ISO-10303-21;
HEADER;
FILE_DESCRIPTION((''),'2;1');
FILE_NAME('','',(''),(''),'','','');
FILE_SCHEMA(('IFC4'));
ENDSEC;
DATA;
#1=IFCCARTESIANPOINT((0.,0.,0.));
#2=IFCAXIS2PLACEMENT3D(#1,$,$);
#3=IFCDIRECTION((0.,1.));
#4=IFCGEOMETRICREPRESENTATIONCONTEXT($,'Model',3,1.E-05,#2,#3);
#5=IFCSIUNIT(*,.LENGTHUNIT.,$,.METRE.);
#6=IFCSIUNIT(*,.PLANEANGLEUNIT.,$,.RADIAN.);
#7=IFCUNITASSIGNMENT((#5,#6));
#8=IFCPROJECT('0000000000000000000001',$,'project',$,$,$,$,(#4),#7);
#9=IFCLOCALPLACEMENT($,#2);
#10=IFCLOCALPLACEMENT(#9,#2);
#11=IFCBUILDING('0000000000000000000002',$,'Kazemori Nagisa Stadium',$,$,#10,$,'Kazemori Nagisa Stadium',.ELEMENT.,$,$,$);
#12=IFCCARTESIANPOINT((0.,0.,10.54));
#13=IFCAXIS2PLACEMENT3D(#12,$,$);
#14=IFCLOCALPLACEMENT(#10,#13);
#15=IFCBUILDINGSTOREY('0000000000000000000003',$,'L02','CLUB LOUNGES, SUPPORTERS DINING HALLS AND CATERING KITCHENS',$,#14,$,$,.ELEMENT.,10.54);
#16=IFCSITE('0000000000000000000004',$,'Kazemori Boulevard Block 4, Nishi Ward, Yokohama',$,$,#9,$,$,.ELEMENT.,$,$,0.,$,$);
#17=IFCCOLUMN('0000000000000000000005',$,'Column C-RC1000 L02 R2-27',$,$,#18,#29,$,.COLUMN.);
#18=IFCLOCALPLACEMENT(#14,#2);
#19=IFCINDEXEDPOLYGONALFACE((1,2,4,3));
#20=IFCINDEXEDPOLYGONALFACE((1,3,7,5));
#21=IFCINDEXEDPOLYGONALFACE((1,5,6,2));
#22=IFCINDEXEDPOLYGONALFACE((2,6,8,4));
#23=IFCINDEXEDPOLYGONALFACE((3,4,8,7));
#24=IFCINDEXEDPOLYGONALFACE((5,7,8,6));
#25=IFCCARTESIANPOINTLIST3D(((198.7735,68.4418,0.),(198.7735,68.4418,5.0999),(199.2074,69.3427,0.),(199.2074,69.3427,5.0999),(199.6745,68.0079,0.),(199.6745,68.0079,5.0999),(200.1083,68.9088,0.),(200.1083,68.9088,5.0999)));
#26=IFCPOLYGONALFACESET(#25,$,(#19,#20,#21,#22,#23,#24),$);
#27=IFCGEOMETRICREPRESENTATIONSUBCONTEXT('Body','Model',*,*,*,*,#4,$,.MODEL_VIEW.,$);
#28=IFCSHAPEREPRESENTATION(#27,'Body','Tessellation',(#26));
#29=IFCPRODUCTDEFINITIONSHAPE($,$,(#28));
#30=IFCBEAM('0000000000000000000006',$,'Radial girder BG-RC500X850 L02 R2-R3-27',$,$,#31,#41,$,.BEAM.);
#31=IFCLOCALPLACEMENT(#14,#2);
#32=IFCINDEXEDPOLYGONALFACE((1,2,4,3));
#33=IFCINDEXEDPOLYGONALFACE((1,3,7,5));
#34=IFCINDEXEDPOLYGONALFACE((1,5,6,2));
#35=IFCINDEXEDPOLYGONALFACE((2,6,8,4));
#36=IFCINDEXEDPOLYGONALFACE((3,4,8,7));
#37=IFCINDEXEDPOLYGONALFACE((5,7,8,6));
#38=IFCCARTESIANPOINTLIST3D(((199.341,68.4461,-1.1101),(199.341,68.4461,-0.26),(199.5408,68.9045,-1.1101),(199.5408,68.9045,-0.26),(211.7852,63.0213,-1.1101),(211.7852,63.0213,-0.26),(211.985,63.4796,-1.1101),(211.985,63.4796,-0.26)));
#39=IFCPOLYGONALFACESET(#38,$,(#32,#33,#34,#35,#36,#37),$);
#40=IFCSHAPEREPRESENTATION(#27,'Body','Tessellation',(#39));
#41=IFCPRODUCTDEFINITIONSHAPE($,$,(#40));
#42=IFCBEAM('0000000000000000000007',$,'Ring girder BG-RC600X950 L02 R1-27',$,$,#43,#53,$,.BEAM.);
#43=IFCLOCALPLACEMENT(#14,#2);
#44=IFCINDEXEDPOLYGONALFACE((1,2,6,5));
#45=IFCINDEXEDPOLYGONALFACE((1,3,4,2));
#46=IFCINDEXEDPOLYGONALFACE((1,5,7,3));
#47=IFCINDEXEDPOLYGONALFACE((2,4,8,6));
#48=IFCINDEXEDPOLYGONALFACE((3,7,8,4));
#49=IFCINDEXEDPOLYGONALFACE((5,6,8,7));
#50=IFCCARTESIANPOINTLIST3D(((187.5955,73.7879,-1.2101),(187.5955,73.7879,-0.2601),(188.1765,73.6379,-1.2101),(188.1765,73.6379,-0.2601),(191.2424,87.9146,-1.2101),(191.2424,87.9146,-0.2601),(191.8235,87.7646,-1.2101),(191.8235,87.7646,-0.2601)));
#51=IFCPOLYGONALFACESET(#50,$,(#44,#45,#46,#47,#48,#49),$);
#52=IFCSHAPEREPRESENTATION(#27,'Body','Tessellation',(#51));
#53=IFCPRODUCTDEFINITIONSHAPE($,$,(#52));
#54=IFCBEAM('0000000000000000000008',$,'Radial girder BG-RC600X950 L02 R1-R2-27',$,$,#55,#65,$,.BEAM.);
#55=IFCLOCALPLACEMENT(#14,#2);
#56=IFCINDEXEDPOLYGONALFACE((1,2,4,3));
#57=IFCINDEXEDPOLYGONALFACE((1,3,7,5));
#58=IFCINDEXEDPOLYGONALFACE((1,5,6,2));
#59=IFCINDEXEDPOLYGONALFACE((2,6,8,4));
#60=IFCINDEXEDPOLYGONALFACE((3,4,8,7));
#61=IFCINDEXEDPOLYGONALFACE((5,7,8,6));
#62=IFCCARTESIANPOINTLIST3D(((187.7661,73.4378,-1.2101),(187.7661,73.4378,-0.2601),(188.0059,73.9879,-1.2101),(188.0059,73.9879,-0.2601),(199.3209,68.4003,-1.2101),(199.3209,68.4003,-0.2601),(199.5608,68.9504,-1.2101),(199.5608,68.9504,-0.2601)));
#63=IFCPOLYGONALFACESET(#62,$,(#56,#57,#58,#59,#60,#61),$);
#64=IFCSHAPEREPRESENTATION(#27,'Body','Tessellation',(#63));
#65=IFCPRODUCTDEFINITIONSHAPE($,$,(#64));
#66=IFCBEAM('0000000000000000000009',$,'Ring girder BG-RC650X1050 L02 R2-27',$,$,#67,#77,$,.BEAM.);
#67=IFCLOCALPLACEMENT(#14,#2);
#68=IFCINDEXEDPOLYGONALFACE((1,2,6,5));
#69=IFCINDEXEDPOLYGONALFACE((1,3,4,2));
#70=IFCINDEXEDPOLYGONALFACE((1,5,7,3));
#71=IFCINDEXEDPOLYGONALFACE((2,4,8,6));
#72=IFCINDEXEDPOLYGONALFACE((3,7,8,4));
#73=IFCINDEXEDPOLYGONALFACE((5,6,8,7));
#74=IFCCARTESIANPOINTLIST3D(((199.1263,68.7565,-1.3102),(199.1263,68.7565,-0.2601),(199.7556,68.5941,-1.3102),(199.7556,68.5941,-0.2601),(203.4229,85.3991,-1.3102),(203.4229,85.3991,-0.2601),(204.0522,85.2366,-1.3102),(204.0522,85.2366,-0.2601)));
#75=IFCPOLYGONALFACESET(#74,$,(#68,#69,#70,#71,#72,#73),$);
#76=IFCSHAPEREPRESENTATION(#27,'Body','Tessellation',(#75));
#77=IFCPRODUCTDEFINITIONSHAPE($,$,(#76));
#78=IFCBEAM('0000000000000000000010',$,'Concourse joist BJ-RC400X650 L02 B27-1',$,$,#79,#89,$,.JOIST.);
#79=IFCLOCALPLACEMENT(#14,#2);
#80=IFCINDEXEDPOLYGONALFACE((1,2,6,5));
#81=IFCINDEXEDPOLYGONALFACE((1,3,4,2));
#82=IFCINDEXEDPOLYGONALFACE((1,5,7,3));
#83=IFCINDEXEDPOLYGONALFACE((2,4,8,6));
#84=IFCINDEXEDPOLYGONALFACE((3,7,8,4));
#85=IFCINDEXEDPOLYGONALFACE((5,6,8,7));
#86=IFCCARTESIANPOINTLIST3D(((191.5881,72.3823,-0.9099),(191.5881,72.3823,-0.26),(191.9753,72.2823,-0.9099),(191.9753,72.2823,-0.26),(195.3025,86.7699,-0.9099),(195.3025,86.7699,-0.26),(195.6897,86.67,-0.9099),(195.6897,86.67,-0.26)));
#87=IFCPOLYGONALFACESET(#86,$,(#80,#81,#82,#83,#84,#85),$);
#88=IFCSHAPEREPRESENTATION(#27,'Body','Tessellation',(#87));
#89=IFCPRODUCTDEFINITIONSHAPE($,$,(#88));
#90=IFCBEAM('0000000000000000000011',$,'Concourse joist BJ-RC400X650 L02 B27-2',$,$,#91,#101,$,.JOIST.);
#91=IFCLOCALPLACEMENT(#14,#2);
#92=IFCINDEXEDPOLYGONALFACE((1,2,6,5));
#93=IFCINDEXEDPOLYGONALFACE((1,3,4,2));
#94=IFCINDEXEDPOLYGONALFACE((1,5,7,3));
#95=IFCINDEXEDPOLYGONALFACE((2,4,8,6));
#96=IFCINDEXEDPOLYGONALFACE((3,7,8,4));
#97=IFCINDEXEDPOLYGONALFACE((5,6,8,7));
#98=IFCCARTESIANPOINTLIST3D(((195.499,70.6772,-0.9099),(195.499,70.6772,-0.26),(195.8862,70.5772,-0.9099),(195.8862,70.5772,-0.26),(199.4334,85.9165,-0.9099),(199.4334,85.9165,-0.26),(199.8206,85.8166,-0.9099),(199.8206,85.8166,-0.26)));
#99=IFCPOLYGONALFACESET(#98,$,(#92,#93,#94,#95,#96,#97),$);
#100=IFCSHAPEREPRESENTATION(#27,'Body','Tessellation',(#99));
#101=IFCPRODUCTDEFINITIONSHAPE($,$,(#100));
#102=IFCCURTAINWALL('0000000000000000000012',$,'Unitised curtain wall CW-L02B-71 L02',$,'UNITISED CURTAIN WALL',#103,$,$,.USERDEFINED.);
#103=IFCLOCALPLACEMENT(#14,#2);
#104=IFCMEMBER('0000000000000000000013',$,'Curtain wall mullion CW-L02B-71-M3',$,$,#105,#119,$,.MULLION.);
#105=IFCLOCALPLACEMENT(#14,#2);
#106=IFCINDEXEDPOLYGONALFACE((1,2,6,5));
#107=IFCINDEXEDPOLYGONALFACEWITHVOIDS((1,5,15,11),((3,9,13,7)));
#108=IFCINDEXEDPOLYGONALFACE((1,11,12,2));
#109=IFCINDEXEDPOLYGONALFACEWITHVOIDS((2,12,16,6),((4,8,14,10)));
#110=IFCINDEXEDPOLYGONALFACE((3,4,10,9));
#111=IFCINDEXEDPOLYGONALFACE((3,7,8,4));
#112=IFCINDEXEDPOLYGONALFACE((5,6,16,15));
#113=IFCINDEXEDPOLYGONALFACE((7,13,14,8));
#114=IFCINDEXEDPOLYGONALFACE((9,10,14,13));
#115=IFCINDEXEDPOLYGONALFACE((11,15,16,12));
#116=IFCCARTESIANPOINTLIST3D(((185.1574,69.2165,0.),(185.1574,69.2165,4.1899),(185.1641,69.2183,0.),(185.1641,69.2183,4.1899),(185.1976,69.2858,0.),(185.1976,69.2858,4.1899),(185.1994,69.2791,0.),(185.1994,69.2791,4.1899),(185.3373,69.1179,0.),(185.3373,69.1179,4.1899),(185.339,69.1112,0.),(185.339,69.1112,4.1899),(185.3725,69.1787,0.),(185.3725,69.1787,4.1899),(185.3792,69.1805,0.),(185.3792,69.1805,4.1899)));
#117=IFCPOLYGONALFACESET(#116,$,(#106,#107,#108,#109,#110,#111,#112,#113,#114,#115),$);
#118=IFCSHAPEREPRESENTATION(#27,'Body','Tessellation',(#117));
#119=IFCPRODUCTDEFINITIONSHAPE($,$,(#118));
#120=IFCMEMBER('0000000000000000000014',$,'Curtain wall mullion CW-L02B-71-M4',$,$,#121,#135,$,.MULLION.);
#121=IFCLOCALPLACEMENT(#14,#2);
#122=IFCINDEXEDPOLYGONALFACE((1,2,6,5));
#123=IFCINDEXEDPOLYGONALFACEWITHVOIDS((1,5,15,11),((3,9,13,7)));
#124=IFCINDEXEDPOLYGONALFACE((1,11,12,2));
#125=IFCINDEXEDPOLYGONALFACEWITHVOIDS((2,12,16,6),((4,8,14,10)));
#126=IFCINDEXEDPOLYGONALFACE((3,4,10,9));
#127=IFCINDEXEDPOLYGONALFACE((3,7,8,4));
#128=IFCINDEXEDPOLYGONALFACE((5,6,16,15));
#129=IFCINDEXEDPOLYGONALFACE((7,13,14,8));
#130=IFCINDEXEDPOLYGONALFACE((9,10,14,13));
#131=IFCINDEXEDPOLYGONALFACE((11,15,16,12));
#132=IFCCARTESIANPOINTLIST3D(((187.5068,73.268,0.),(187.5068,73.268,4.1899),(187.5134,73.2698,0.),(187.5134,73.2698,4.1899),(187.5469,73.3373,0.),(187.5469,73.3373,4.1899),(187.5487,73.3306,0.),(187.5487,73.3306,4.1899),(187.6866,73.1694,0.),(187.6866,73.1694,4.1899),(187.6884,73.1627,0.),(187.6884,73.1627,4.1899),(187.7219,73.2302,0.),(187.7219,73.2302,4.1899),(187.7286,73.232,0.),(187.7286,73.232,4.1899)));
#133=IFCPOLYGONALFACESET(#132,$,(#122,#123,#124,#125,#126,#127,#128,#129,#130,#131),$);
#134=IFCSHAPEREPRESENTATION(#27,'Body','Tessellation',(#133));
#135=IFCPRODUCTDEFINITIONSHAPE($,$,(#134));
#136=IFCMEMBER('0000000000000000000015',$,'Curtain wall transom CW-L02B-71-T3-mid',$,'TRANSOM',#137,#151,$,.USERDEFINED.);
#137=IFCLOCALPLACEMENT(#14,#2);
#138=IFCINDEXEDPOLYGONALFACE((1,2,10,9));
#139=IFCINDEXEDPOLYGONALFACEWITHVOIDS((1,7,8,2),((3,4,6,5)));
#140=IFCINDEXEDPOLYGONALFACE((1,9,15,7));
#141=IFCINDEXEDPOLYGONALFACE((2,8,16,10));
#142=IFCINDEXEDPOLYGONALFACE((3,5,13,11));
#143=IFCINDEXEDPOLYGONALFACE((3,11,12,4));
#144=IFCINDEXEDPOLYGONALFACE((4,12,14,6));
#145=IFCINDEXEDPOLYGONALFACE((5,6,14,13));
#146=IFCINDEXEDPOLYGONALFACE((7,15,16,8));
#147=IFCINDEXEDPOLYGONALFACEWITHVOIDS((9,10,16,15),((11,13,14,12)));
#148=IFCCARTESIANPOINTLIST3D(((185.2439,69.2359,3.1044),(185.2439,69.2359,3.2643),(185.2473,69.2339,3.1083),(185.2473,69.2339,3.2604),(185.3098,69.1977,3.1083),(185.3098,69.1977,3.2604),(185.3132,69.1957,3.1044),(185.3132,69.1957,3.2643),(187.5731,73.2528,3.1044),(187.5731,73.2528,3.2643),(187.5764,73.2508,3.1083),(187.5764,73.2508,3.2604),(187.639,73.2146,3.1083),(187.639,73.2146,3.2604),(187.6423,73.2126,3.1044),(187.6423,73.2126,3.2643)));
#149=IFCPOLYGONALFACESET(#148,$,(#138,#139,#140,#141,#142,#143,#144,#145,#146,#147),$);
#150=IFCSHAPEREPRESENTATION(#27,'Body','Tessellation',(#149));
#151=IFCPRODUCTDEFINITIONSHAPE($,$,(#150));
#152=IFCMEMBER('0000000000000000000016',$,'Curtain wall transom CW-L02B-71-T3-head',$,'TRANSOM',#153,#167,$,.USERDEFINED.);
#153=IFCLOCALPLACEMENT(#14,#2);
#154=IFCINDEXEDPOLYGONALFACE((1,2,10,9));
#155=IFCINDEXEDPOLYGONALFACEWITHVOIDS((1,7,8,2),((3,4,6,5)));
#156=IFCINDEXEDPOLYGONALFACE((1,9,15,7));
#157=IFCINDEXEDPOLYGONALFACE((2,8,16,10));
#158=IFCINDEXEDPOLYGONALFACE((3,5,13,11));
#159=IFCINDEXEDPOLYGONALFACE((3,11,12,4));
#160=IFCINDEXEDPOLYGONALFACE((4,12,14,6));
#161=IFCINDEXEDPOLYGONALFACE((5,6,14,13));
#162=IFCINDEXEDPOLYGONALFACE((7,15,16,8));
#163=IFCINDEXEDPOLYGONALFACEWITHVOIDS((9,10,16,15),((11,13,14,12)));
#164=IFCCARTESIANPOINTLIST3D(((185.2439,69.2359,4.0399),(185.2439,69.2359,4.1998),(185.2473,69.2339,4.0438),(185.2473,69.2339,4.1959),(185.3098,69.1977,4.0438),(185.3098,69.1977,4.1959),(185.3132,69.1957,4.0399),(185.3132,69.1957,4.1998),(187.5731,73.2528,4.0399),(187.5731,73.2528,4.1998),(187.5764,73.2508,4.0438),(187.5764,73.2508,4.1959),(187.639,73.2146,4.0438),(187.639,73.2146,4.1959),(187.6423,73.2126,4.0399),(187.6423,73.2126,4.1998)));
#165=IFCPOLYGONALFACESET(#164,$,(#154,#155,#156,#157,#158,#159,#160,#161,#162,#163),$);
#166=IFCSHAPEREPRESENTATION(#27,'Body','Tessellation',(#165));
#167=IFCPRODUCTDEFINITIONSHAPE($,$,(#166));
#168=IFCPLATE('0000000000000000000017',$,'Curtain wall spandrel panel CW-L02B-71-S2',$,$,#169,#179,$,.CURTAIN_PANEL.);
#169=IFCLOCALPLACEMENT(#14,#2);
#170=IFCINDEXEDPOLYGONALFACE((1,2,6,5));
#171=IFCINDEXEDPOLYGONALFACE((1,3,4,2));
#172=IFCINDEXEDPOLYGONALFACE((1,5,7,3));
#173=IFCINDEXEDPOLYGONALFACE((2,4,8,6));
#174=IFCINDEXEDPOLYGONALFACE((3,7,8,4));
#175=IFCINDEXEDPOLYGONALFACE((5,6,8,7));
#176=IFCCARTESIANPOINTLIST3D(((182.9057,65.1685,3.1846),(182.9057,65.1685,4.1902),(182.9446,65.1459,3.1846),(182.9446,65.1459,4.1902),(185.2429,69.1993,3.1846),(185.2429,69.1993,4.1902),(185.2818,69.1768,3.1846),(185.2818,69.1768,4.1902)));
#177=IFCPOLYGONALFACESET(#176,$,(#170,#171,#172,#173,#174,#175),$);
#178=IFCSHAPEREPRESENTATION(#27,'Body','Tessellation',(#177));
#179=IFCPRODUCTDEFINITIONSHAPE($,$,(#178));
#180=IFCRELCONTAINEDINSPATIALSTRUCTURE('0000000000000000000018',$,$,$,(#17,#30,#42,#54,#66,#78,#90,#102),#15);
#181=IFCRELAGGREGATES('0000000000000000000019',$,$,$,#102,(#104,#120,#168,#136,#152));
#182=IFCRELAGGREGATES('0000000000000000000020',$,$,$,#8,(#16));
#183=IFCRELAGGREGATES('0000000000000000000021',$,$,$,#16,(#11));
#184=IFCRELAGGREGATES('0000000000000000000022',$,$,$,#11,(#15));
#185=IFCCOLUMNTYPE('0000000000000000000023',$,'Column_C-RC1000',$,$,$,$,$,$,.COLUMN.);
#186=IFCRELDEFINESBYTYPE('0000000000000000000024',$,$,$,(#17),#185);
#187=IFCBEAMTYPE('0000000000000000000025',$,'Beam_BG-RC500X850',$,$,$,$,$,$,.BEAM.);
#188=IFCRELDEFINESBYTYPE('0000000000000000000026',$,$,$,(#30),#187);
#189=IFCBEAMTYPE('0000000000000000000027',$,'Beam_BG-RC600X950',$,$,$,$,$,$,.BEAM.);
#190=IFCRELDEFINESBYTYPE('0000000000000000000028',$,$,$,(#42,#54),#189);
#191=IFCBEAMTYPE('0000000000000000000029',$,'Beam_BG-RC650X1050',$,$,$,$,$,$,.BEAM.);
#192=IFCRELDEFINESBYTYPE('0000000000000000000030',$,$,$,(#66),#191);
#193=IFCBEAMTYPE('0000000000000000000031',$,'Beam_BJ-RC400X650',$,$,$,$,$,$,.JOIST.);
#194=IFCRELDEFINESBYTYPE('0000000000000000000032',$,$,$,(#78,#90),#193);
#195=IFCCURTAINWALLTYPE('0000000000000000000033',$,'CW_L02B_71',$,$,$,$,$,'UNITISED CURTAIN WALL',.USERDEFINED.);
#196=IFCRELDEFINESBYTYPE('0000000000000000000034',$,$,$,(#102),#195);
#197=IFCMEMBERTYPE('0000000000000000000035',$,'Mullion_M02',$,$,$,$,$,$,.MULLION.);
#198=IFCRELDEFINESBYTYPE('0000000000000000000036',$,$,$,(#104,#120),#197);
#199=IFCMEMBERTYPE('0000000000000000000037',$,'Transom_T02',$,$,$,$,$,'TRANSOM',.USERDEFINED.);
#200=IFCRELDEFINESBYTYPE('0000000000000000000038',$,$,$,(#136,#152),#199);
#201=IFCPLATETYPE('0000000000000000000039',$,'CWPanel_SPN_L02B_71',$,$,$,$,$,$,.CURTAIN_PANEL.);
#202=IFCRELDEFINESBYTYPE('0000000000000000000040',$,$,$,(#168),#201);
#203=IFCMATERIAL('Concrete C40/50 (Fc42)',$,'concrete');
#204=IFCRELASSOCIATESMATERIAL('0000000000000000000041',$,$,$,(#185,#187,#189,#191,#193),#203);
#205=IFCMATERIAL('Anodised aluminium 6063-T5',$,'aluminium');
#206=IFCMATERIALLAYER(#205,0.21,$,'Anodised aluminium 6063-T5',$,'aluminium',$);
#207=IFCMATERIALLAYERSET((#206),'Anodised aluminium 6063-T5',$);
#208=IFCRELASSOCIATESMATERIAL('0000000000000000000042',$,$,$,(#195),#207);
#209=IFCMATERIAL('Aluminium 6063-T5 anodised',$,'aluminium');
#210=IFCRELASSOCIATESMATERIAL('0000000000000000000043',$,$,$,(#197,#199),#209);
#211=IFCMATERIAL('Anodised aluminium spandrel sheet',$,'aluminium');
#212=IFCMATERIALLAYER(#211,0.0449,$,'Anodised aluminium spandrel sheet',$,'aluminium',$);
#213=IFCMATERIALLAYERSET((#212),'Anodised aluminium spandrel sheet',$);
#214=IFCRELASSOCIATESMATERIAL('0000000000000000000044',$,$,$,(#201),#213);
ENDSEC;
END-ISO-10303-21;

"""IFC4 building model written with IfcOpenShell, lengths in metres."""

from ifc_helpers import new_model, si_unit, direction, frame, origin, origin_2d, place, context, subcontext, project, spatial, rectangle, hollow_rectangle, extrude, material, layer, layer_set, material_profile, profile_set, type_object, element, aggregate, save


model = new_model("IFC4")

# Units and contexts
model_context = context("Model", 3, precision=1e-05, world=origin(), true_north=direction((0.0, 1.0)))
body_context = subcontext(model_context, "Body", "Model", "MODEL_VIEW")
ifc_project = project(units=[si_unit("LENGTHUNIT", "METRE"), si_unit("PLANEANGLEUNIT", "RADIAN")], contexts=[model_context])

# Site, building, storey
site_placement = place(None, origin())
site = spatial("IfcSite", under=ifc_project, at=site_placement, Name="Kazemori Boulevard Block 4, Nishi Ward, Yokohama", CompositionType="ELEMENT", RefElevation=0.0)
building_placement = place(site_placement, origin())
building = spatial("IfcBuilding", under=site, at=building_placement, Name="Kazemori Nagisa Stadium", LongName="Kazemori Nagisa Stadium", CompositionType="ELEMENT")
storey_placement = place(building_placement, frame((0.0, 0.0, 10.54)))
storey = spatial("IfcBuildingStorey", under=building, at=storey_placement, Name="L02", Description="CLUB LOUNGES, SUPPORTERS DINING HALLS AND CATERING KITCHENS", CompositionType="ELEMENT", Elevation=10.54)

# Column
ifc_material_1 = material(Name="Concrete C40/50 (Fc42)", Category="concrete")
ifc_material_profile_1 = material_profile(ifc_material_1, rectangle(XDim=1.0, YDim=1.0, at=origin_2d()), Name="RC-COL-1000x1000")
ifc_profile_set_1 = profile_set([ifc_material_profile_1], Name="Concrete C40/50 (Fc42)")
column_type_1 = type_object("IfcColumnType", Name="Column_C-RC1000", PredefinedType="COLUMN", material=ifc_profile_set_1)
column_1_placement = place(storey_placement, frame((199.4409, 68.6753, 0.0), z_axis=(0.0, 0.0, 1.0), x_axis=(0.900969, -0.433884, 0.0)))
element("IfcColumn", 1, at=column_1_placement, inside=storey, type_object=column_type_1, Name="Column C-RC1000 L02 R2-27", PredefinedType="COLUMN", context=body_context, shape_type="SweptSolid", body=[
    extrude(rectangle(XDim=1.0, YDim=1.0, at=origin_2d()), origin(), (0.0, 0.0, 1.0), 5.0999),
])

# Beams
ifc_material_profile_2 = material_profile(ifc_material_1, rectangle(XDim=0.5, YDim=0.8501, at=origin_2d()), Name="RC-BM-500x850")
ifc_profile_set_2 = profile_set([ifc_material_profile_2], Name="Concrete C40/50 (Fc42)")
beam_type_1 = type_object("IfcBeamType", Name="Beam_BG-RC500X850", PredefinedType="BEAM", material=ifc_profile_set_2)
beam_1_placement = place(storey_placement, frame((199.4409, 68.6753, -0.6851), z_axis=(0.916684, -0.399614, 0.0), x_axis=(0.399614, 0.916684, 0.0)))
element("IfcBeam", 2, at=beam_1_placement, inside=storey, type_object=beam_type_1, Name="Radial girder BG-RC500X850 L02 R2-R3-27", PredefinedType="BEAM", context=body_context, shape_type="SweptSolid", body=[
    extrude(rectangle(XDim=0.5, YDim=0.8501, at=origin_2d()), origin(), (0.0, 0.0, 1.0), 13.5752),
])
ifc_material_profile_3 = material_profile(ifc_material_1, rectangle(XDim=0.6001, YDim=0.95, at=origin_2d()), Name="RC-BM-600x950")
ifc_profile_set_3 = profile_set([ifc_material_profile_3], Name="Concrete C40/50 (Fc42)")
beam_type_2 = type_object("IfcBeamType", Name="Beam_BG-RC600X950", PredefinedType="BEAM", material=ifc_profile_set_3)
beam_2_placement = place(storey_placement, frame((187.886, 73.7129, -0.7351), z_axis=(0.249966, 0.968255, 0.0), x_axis=(-0.968255, 0.249966, 0.0)))
element("IfcBeam", 3, at=beam_2_placement, inside=storey, type_object=beam_type_2, Name="Ring girder BG-RC600X950 L02 R1-27", PredefinedType="BEAM", context=body_context, shape_type="SweptSolid", body=[
    extrude(rectangle(XDim=0.6001, YDim=0.95, at=origin_2d()), origin(), (0.0, 0.0, 1.0), 14.5898),
])
beam_3_placement = place(storey_placement, frame((187.886, 73.7129, -0.7351), z_axis=(0.916672, -0.399641, 0.0), x_axis=(0.399641, 0.916672, 0.0)))
element("IfcBeam", 4, at=beam_3_placement, inside=storey, type_object=beam_type_2, Name="Radial girder BG-RC600X950 L02 R1-R2-27", PredefinedType="BEAM", context=body_context, shape_type="SweptSolid", body=[
    extrude(rectangle(XDim=0.6001, YDim=0.95, at=origin_2d()), origin(), (0.0, 0.0, 1.0), 12.6052),
])
ifc_material_profile_4 = material_profile(ifc_material_1, rectangle(XDim=0.6499, YDim=1.05, at=origin_2d()), Name="RC-BM-650x1050")
ifc_profile_set_4 = profile_set([ifc_material_profile_4], Name="Concrete C40/50 (Fc42)")
beam_type_3 = type_object("IfcBeamType", Name="Beam_BG-RC650X1050", PredefinedType="BEAM", material=ifc_profile_set_4)
beam_4_placement = place(storey_placement, frame((199.4409, 68.6753, -0.7852), z_axis=(0.249975, 0.968252, 0.0), x_axis=(-0.968252, 0.249975, 0.0)))
element("IfcBeam", 5, at=beam_4_placement, inside=storey, type_object=beam_type_3, Name="Ring girder BG-RC650X1050 L02 R2-27", PredefinedType="BEAM", context=body_context, shape_type="SweptSolid", body=[
    extrude(rectangle(XDim=0.6499, YDim=1.05, at=origin_2d()), origin(), (0.0, 0.0, 1.0), 17.1882),
])
ifc_material_profile_5 = material_profile(ifc_material_1, rectangle(XDim=0.3999, YDim=0.6499, at=origin_2d()), Name="RC-BM-400x650")
ifc_profile_set_5 = profile_set([ifc_material_profile_5], Name="Concrete C40/50 (Fc42)")
beam_type_4 = type_object("IfcBeamType", Name="Beam_BJ-RC400X650", PredefinedType="JOIST", material=ifc_profile_set_5)
beam_5_placement = place(storey_placement, frame((191.7817, 72.3323, -0.585), z_axis=(0.249966, 0.968254, 0.0), x_axis=(-0.968254, 0.249966, 0.0)))
element("IfcBeam", 6, at=beam_5_placement, inside=storey, type_object=beam_type_4, Name="Concourse joist BJ-RC400X650 L02 B27-1", PredefinedType="JOIST", context=body_context, shape_type="SweptSolid", body=[
    extrude(rectangle(XDim=0.3999, YDim=0.6499, at=origin_2d()), origin(), (0.0, 0.0, 1.0), 14.8594),
])
beam_6_placement = place(storey_placement, frame((195.6926, 70.6272, -0.585), z_axis=(0.249974, 0.968252, 0.0), x_axis=(-0.968252, 0.249974, 0.0)))
element("IfcBeam", 7, at=beam_6_placement, inside=storey, type_object=beam_type_4, Name="Concourse joist BJ-RC400X650 L02 B27-2", PredefinedType="JOIST", context=body_context, shape_type="SweptSolid", body=[
    extrude(rectangle(XDim=0.3999, YDim=0.6499, at=origin_2d()), origin(), (0.0, 0.0, 1.0), 15.739),
])

# Curtain wall, members, plate
ifc_material_2 = material(Name="Anodised aluminium 6063-T5", Category="aluminium")
ifc_layer_1 = layer(ifc_material_2, 0.21, Name="Anodised aluminium 6063-T5", Category="aluminium")
ifc_layer_set_1 = layer_set([ifc_layer_1], Name="Anodised aluminium 6063-T5")
curtain_wall_type = type_object("IfcCurtainWallType", Name="CW_L02B_71", ElementType="UNITISED CURTAIN WALL", PredefinedType="USERDEFINED", material=ifc_layer_set_1)
curtain_wall_placement = place(storey_placement, origin())
curtain_wall = element("IfcCurtainWall", 8, at=curtain_wall_placement, inside=storey, type_object=curtain_wall_type, Name="Unitised curtain wall CW-L02B-71 L02", ObjectType="UNITISED CURTAIN WALL", PredefinedType="USERDEFINED")
ifc_material_3 = material(Name="Aluminium 6063-T5 anodised", Category="aluminium")
ifc_material_profile_6 = material_profile(ifc_material_3, hollow_rectangle(XDim=0.0801, YDim=0.21, WallThickness=0.0049, at=origin_2d()), Name="ALU-MULL-80x210x5")
ifc_profile_set_6 = profile_set([ifc_material_profile_6], Name="Aluminium 6063-T5 anodised")
member_type_1 = type_object("IfcMemberType", Name="Mullion_M02", PredefinedType="MULLION", material=ifc_profile_set_6)
member_1_placement = place(storey_placement, frame((185.2683, 69.1985, 0.0), z_axis=(0.0, 0.0, 1.0), x_axis=(0.501612, 0.865093, 0.0)))
member_1 = element("IfcMember", 9, at=member_1_placement, type_object=member_type_1, Name="Curtain wall mullion CW-L02B-71-M3", PredefinedType="MULLION", context=body_context, shape_type="SweptSolid", body=[
    extrude(hollow_rectangle(XDim=0.0801, YDim=0.21, WallThickness=0.0049, at=origin_2d()), origin(), (0.0, 0.0, 1.0), 4.1899),
])
member_2_placement = place(storey_placement, frame((187.6177, 73.25, 0.0), z_axis=(0.0, 0.0, 1.0), x_axis=(0.501612, 0.865093, 0.0)))
member_2 = element("IfcMember", 10, at=member_2_placement, type_object=member_type_1, Name="Curtain wall mullion CW-L02B-71-M4", PredefinedType="MULLION", context=body_context, shape_type="SweptSolid", body=[
    extrude(hollow_rectangle(XDim=0.0801, YDim=0.21, WallThickness=0.0049, at=origin_2d()), origin(), (0.0, 0.0, 1.0), 4.1899),
])
ifc_material_profile_7 = material_profile(ifc_material_3, hollow_rectangle(XDim=0.0801, YDim=0.1599, WallThickness=0.0039, at=origin_2d()), Name="ALU-TRAN-80x160x4")
ifc_profile_set_7 = profile_set([ifc_material_profile_7], Name="Aluminium 6063-T5 anodised")
member_type_2 = type_object("IfcMemberType", Name="Transom_T02", ElementType="TRANSOM", PredefinedType="USERDEFINED", material=ifc_profile_set_7)
member_3_placement = place(storey_placement, frame((185.2786, 69.2158, 3.1843), z_axis=(0.50161, 0.865094, 0.0), x_axis=(-0.865094, 0.50161, 0.0)))
member_3 = element("IfcMember", 11, at=member_3_placement, type_object=member_type_2, Name="Curtain wall transom CW-L02B-71-T3-mid", ObjectType="TRANSOM", PredefinedType="USERDEFINED", context=body_context, shape_type="SweptSolid", body=[
    extrude(hollow_rectangle(XDim=0.0801, YDim=0.1599, WallThickness=0.0039, at=origin_2d()), origin(), (0.0, 0.0, 1.0), 4.6433),
])
member_4_placement = place(storey_placement, frame((185.2786, 69.2158, 4.1199), z_axis=(0.50161, 0.865094, 0.0), x_axis=(-0.865094, 0.50161, 0.0)))
member_4 = element("IfcMember", 12, at=member_4_placement, type_object=member_type_2, Name="Curtain wall transom CW-L02B-71-T3-head", ObjectType="TRANSOM", PredefinedType="USERDEFINED", context=body_context, shape_type="SweptSolid", body=[
    extrude(hollow_rectangle(XDim=0.0801, YDim=0.1599, WallThickness=0.0039, at=origin_2d()), origin(), (0.0, 0.0, 1.0), 4.6433),
])
ifc_material_4 = material(Name="Anodised aluminium spandrel sheet", Category="aluminium")
ifc_layer_2 = layer(ifc_material_4, 0.0449, Name="Anodised aluminium spandrel sheet", Category="aluminium")
ifc_layer_set_2 = layer_set([ifc_layer_2], Name="Anodised aluminium spandrel sheet")
plate_type_1 = type_object("IfcPlateType", Name="CWPanel_SPN_L02B_71", PredefinedType="CURTAIN_PANEL", material=ifc_layer_set_2)
plate_1_placement = place(storey_placement, frame((184.0938, 67.1726, 3.1846), z_axis=(0.0, 0.0, 1.0), x_axis=(0.501612, 0.865093, 0.0)))
plate_1 = element("IfcPlate", 13, at=plate_1_placement, type_object=plate_type_1, Name="Curtain wall spandrel panel CW-L02B-71-S2", PredefinedType="CURTAIN_PANEL", context=body_context, shape_type="SweptSolid", body=[
    extrude(rectangle(XDim=4.6594, YDim=0.0449, at=origin_2d()), origin(), (0.0, 0.0, 1.0), 1.0056),
])
aggregate(curtain_wall, [member_1, member_2, plate_1, member_3, member_4])

save(model, "model.ifc")
